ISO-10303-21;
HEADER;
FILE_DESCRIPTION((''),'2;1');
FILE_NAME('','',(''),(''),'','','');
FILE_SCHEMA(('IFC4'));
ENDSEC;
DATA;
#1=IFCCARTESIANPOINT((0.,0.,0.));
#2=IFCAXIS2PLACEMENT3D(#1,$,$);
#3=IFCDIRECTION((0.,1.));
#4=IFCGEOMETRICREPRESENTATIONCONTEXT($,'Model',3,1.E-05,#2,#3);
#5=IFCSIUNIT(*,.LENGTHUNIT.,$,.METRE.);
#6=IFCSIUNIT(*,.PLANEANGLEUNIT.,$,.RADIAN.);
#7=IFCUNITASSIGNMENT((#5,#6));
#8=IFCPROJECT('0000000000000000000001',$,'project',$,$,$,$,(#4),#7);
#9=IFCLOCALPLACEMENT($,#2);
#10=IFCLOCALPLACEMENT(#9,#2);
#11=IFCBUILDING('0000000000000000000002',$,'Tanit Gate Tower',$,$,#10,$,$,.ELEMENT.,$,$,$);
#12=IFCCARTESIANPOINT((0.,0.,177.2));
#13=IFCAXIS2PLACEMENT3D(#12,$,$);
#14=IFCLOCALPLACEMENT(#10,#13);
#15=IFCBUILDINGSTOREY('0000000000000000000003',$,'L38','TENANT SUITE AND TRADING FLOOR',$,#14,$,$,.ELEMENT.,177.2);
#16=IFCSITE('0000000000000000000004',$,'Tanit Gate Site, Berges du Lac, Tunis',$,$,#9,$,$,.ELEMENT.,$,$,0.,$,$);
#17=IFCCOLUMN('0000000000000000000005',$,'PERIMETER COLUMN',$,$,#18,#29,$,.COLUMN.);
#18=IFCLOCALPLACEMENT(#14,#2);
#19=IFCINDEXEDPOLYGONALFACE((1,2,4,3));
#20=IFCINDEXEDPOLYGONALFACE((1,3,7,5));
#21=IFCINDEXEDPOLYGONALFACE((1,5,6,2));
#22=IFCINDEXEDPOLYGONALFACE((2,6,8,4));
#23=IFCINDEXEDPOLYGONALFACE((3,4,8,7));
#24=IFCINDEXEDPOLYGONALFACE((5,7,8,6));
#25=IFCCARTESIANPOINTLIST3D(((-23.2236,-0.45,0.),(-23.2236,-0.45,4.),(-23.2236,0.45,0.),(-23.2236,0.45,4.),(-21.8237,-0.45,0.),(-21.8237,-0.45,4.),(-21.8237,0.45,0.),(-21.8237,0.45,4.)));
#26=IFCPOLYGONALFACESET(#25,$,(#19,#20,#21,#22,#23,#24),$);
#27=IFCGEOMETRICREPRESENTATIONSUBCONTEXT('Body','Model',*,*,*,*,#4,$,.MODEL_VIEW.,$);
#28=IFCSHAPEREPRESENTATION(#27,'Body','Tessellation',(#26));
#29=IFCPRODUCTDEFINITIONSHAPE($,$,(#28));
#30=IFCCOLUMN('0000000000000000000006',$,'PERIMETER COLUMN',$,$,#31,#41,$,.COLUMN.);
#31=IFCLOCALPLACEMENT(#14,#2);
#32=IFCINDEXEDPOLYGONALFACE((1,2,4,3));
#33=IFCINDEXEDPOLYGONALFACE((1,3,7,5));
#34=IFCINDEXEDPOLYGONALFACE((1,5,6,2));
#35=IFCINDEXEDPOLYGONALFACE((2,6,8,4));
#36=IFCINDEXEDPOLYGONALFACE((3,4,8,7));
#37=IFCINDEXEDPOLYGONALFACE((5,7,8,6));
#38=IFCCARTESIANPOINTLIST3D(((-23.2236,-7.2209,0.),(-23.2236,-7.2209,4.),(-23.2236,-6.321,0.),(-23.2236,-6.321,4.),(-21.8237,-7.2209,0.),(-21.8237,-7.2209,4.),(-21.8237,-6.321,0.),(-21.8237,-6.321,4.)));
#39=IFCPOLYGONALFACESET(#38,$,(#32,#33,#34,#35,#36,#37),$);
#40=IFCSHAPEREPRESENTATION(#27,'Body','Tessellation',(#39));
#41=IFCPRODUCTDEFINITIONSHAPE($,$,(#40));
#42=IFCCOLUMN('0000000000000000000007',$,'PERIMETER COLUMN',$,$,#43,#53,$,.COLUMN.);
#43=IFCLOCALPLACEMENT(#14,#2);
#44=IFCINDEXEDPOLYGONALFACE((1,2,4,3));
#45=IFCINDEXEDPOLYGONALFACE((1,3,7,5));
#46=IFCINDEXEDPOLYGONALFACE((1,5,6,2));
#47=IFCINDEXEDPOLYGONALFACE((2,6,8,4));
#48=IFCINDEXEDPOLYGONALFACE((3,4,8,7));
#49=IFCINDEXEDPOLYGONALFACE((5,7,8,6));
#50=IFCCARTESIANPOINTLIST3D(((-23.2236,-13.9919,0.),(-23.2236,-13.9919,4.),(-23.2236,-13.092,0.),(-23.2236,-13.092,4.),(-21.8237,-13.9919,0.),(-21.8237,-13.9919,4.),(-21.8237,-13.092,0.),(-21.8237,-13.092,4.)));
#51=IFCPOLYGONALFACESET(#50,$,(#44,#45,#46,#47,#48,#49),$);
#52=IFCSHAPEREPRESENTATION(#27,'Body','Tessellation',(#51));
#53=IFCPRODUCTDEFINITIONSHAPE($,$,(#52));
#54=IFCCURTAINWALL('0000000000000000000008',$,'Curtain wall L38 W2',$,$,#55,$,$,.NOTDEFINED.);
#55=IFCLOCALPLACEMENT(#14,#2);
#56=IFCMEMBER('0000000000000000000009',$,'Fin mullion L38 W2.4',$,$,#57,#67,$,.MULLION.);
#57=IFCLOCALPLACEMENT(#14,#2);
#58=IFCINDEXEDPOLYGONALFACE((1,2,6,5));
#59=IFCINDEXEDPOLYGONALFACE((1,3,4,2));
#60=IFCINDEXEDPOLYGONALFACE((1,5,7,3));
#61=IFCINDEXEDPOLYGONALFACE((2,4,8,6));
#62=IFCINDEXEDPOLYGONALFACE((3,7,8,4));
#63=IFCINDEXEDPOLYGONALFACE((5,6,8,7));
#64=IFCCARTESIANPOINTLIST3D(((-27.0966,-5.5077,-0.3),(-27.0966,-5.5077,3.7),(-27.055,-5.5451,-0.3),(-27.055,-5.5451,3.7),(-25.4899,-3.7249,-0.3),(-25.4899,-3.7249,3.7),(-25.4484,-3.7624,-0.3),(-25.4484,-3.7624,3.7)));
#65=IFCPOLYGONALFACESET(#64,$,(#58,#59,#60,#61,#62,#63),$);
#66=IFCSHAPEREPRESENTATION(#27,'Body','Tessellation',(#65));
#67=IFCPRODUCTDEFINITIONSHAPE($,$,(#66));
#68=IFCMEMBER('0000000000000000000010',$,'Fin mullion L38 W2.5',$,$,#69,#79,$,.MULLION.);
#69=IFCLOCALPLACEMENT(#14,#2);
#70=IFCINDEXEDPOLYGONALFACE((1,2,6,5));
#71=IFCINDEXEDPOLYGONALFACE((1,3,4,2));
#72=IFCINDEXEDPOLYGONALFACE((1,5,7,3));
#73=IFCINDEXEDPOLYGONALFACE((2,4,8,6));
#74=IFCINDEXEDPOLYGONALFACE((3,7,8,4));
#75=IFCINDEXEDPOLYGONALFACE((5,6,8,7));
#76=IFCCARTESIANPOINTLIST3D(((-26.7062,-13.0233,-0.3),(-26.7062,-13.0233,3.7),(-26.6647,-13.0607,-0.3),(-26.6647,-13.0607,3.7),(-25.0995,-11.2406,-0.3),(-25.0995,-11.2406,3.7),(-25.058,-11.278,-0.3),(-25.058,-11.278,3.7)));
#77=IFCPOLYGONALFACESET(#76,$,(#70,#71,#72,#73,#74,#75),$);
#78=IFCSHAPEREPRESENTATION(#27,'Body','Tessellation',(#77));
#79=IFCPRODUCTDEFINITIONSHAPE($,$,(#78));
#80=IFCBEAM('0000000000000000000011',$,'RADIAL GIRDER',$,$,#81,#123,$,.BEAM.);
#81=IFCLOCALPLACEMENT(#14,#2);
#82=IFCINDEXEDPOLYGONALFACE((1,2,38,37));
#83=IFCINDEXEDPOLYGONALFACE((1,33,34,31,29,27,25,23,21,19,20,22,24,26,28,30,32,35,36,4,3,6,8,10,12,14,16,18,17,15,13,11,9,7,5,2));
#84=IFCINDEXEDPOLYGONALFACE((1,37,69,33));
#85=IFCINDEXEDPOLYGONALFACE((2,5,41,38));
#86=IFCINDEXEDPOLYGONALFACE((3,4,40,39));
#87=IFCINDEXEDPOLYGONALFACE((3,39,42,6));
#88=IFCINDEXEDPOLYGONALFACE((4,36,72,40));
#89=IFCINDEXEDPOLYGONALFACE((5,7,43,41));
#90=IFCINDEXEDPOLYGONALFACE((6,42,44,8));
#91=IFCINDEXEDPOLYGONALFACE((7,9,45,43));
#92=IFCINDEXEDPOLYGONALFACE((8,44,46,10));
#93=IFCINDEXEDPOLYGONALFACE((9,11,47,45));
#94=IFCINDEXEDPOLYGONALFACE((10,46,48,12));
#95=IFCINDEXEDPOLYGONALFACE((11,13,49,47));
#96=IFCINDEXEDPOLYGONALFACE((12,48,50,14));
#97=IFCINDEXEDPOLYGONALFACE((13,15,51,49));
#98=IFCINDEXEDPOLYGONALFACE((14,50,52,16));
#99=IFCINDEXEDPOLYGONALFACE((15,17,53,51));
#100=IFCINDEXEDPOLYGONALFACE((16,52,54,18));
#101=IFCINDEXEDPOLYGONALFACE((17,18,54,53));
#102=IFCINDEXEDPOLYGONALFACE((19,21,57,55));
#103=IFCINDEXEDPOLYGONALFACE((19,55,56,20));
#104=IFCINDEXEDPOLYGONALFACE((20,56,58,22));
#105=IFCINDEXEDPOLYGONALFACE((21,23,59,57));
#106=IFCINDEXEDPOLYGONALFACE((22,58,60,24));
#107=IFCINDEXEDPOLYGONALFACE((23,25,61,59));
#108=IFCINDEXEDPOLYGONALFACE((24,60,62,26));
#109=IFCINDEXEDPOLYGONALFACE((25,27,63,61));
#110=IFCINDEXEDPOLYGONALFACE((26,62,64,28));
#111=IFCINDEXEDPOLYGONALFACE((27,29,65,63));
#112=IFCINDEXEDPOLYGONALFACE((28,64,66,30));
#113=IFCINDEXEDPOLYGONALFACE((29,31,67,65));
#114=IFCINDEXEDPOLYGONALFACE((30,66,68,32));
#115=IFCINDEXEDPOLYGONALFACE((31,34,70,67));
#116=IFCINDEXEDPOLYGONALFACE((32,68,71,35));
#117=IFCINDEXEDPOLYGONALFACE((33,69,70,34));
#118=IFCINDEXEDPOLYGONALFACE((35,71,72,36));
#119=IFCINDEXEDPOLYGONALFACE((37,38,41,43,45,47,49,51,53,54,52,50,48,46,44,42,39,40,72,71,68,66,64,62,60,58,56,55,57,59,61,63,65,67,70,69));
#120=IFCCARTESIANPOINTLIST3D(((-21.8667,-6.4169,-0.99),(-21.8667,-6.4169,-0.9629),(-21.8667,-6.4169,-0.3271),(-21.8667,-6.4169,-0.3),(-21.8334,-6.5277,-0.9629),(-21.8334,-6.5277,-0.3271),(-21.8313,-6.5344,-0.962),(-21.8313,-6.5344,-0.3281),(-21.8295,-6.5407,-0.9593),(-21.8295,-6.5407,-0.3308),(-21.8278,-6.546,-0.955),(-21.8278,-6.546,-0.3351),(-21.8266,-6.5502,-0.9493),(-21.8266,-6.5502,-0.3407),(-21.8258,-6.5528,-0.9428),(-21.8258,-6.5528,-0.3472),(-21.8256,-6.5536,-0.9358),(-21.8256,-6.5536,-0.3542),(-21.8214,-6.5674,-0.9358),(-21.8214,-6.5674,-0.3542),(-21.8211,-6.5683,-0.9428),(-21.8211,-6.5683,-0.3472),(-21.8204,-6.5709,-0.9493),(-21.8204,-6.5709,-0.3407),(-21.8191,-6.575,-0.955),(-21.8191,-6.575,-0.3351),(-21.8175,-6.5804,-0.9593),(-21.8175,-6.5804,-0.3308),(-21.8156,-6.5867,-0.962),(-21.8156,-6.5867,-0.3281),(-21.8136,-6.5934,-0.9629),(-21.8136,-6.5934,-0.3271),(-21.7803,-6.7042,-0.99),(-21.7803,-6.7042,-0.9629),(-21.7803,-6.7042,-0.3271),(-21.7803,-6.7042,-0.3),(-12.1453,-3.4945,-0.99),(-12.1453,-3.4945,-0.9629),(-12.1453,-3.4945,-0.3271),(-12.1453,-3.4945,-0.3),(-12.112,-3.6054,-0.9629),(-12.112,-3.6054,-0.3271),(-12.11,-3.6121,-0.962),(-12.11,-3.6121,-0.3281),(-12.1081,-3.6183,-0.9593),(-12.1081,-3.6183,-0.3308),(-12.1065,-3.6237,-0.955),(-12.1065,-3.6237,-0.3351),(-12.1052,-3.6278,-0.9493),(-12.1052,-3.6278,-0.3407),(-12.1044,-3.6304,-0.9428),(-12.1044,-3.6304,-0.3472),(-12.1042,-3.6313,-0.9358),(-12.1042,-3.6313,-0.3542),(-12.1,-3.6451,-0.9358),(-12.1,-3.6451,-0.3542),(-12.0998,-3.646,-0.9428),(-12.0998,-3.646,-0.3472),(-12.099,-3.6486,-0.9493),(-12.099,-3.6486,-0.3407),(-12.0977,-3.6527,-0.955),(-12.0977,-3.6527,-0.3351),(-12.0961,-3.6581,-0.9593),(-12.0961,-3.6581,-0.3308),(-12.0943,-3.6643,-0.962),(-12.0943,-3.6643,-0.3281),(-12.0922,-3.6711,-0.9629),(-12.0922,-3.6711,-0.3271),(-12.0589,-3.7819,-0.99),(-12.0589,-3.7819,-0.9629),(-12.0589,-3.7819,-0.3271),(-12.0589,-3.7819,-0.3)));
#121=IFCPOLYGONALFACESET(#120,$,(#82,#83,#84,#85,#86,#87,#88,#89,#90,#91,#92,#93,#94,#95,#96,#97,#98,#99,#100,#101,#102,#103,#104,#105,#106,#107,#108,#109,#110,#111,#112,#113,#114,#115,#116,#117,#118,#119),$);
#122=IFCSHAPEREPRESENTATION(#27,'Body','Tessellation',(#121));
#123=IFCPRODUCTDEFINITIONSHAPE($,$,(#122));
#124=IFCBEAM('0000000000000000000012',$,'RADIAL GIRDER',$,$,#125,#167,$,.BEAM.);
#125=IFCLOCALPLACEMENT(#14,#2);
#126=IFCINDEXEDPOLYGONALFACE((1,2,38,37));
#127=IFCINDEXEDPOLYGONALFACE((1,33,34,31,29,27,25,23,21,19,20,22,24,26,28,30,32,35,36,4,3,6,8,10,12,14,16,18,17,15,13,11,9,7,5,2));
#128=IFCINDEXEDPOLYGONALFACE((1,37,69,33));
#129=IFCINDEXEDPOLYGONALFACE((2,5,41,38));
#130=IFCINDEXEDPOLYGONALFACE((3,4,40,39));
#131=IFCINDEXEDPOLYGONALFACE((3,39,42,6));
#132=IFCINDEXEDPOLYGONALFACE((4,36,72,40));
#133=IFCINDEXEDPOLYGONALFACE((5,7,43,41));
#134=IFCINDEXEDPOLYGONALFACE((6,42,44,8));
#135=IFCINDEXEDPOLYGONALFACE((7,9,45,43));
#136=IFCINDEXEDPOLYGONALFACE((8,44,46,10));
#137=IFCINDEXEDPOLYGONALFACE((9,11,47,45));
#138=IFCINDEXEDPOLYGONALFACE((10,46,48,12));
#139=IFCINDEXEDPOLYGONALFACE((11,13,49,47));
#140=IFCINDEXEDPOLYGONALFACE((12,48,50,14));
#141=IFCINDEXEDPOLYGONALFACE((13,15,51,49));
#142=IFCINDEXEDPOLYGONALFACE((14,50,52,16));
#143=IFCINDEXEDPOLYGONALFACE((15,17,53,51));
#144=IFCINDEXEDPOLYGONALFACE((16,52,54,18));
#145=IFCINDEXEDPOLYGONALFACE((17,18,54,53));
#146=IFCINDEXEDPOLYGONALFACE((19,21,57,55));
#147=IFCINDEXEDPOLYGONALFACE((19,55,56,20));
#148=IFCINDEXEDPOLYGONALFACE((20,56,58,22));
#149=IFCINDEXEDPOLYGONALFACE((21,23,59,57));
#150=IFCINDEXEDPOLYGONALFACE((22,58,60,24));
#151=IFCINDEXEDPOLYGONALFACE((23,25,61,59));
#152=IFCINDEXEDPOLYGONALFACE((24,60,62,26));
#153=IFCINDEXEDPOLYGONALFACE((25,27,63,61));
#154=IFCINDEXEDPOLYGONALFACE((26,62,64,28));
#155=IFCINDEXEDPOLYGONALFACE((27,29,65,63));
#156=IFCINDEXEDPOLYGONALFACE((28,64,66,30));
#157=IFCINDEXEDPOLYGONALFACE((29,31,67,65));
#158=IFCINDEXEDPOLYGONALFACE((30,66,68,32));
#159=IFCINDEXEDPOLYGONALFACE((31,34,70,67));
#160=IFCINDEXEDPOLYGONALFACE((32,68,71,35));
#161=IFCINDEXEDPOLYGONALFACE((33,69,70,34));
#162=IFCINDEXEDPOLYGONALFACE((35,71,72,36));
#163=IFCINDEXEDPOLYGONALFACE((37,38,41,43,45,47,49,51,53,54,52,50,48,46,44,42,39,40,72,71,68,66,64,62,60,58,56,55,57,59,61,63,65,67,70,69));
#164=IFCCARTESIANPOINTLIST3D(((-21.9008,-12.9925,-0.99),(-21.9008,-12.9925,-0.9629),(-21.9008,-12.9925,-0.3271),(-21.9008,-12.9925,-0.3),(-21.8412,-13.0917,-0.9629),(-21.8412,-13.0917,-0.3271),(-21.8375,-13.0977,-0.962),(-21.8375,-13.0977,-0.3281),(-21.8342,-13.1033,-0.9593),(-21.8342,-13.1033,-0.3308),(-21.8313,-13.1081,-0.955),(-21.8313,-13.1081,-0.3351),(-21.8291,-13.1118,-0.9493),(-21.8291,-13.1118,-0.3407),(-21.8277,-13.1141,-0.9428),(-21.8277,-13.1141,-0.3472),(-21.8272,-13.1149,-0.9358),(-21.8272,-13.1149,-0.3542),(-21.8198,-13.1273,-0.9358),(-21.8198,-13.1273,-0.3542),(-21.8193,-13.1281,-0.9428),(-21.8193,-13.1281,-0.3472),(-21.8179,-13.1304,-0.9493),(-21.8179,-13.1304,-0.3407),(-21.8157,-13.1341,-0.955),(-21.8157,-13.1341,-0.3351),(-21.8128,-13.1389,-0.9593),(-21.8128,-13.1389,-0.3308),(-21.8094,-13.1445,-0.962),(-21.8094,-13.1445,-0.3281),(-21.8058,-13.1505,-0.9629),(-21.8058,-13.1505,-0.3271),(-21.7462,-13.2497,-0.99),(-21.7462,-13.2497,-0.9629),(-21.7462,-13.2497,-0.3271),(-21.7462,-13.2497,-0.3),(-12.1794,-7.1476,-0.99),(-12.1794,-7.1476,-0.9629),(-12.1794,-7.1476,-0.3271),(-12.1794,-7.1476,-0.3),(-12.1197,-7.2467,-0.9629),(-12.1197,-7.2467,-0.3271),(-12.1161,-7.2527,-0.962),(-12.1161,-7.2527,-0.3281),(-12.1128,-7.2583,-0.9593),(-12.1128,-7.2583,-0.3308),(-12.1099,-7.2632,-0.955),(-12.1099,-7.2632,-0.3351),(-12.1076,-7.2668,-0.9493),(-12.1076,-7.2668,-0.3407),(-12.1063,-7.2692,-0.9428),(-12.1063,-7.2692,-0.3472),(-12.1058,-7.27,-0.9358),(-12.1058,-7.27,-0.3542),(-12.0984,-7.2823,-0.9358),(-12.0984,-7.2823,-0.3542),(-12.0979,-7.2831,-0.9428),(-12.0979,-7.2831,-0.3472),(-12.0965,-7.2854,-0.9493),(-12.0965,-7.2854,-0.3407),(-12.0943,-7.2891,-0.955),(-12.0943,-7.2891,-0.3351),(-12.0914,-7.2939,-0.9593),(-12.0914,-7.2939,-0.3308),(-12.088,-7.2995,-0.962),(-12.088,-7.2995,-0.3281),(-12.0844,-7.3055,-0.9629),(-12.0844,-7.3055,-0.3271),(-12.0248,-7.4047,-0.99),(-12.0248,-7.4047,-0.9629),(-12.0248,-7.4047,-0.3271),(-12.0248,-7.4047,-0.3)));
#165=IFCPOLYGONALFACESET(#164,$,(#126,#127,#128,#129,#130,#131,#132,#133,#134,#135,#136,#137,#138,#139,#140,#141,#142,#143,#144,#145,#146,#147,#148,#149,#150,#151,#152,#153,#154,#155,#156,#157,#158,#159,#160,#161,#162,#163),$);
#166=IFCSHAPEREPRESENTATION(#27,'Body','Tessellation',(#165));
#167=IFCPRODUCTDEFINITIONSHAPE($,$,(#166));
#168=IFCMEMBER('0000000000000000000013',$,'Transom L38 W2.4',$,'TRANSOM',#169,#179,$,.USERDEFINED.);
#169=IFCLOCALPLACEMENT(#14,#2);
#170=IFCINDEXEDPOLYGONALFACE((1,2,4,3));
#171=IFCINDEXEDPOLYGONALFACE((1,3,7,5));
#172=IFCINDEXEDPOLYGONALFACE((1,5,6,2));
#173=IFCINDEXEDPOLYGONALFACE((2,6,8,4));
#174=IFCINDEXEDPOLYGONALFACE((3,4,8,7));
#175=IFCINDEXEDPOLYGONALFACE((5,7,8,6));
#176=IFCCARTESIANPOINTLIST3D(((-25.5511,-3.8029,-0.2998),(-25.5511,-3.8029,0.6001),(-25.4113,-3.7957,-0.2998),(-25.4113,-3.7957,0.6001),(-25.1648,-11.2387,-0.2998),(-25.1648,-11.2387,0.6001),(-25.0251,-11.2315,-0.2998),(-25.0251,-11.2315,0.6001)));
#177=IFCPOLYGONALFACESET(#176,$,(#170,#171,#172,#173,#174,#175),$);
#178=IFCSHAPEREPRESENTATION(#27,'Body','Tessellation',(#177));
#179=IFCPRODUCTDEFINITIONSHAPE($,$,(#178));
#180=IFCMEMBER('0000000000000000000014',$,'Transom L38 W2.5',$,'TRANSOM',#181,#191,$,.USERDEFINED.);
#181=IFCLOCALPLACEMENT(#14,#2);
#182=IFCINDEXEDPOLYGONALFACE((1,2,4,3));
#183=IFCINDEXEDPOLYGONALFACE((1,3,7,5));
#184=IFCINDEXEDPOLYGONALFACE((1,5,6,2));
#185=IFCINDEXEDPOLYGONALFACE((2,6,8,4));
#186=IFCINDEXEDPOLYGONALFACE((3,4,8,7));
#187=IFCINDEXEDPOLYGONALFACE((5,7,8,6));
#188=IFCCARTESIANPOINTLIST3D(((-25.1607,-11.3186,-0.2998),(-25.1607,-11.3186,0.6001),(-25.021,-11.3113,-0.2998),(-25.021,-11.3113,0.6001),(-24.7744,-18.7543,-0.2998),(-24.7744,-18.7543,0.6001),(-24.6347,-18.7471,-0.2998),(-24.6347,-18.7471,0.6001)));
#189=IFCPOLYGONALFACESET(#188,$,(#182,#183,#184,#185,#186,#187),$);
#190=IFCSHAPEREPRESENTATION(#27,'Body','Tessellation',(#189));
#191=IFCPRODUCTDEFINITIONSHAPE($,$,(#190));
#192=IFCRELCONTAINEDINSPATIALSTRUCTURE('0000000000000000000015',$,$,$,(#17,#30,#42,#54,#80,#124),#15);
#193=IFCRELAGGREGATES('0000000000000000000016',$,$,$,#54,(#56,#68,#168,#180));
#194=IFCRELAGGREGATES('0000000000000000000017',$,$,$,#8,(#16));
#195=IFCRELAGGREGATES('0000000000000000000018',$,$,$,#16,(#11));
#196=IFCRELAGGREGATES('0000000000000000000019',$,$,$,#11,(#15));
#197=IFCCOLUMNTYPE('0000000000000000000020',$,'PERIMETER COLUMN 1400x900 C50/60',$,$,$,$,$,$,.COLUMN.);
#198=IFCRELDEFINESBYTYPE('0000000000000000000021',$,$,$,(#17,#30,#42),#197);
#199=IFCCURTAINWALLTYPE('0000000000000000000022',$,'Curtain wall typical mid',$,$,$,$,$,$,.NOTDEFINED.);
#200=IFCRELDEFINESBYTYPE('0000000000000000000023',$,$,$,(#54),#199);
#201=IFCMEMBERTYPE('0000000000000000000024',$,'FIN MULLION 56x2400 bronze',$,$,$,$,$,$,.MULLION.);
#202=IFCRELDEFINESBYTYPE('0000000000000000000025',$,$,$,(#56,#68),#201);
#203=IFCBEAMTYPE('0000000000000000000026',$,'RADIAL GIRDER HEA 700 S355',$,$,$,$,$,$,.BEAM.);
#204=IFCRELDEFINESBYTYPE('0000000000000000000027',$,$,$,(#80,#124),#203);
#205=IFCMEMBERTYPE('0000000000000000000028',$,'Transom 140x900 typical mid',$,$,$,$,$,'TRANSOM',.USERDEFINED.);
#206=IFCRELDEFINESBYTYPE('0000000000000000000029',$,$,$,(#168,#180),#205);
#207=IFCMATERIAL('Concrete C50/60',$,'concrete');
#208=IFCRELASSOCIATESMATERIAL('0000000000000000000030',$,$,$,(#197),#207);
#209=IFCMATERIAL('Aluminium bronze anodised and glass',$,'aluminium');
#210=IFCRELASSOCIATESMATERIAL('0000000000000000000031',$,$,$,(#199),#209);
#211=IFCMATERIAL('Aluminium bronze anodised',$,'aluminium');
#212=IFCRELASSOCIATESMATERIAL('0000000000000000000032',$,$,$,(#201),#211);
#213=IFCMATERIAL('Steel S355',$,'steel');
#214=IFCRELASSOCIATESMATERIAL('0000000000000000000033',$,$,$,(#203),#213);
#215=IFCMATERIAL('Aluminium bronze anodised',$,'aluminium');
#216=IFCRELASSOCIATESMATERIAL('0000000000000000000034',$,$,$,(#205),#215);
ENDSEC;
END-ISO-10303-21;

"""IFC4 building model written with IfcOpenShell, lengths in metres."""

from ifc_helpers import new_model, si_unit, direction, frame, origin, origin_2d, place, context, subcontext, project, spatial, rectangle, i_section, extrude, material, material_profile, profile_set, type_object, element, aggregate, save


model = new_model("IFC4")

# Units and contexts
model_context = context("Model", 3, precision=1e-05, world=origin(), true_north=direction((0.0, 1.0)))
body_context = subcontext(model_context, "Body", "Model", "MODEL_VIEW")
ifc_project = project(units=[si_unit("LENGTHUNIT", "METRE"), si_unit("PLANEANGLEUNIT", "RADIAN")], contexts=[model_context])

# Site, building, storey
site_placement = place(None, origin())
site = spatial("IfcSite", under=ifc_project, at=site_placement, Name="Tanit Gate Site, Berges du Lac, Tunis", CompositionType="ELEMENT", RefElevation=0.0)
building_placement = place(site_placement, origin())
building = spatial("IfcBuilding", under=site, at=building_placement, Name="Tanit Gate Tower", CompositionType="ELEMENT")
storey_placement = place(building_placement, frame((0.0, 0.0, 177.2)))
storey = spatial("IfcBuildingStorey", under=building, at=storey_placement, Name="L38", Description="TENANT SUITE AND TRADING FLOOR", CompositionType="ELEMENT", Elevation=177.2)

# Columns
ifc_material_1 = material(Name="Concrete C50/60", Category="concrete")
ifc_material_profile_1 = material_profile(ifc_material_1, rectangle(XDim=1.3999, YDim=0.8999, at=origin_2d()), Name="RC 1400x900")
ifc_profile_set_1 = profile_set([ifc_material_profile_1], Name="Concrete C50/60")
column_type = type_object("IfcColumnType", Name="PERIMETER COLUMN 1400x900 C50/60", PredefinedType="COLUMN", material=ifc_profile_set_1)
for number, where, z_axis, x_axis, name in (
    (1, (-22.5237, 0.0, 0.0), (0.0, 0.0, 1.0), (-1.0, 0.0, 0.0), "PERIMETER COLUMN"),
    (2, (-22.5237, -6.771, 0.0), (0.0, 0.0, 1.0), (-1.0, 0.0, 0.0), "PERIMETER COLUMN"),
    (3, (-22.5237, -13.542, 0.0), (0.0, 0.0, 1.0), (-1.0, 0.0, 0.0), "PERIMETER COLUMN"),
):
    element("IfcColumn", number, at=place(storey_placement, frame(where, z_axis=z_axis, x_axis=x_axis)), inside=storey, type_object=column_type, Name=name, PredefinedType="COLUMN", context=body_context, shape_type="SweptSolid", body=[
        extrude(rectangle(XDim=1.3999, YDim=0.8999, at=origin_2d()), origin(), (0.0, 0.0, 1.0), 4.0),
    ])

# Curtain wall, members
ifc_material_2 = material(Name="Aluminium bronze anodised and glass", Category="aluminium")
curtain_wall_type = type_object("IfcCurtainWallType", Name="Curtain wall typical mid", PredefinedType="NOTDEFINED", material=ifc_material_2)
curtain_wall_placement = place(storey_placement, origin())
curtain_wall = element("IfcCurtainWall", 4, at=curtain_wall_placement, inside=storey, type_object=curtain_wall_type, Name="Curtain wall L38 W2", PredefinedType="NOTDEFINED")
ifc_material_3 = material(Name="Aluminium bronze anodised", Category="aluminium")
ifc_material_profile_2 = material_profile(ifc_material_3, rectangle(XDim=2.3999, YDim=0.0559, at=origin_2d()), Name="56x2400 bronze fin mullion")
ifc_profile_set_2 = profile_set([ifc_material_profile_2], Name="Aluminium bronze anodised")
member_type_1 = type_object("IfcMemberType", Name="FIN MULLION 56x2400 bronze", PredefinedType="MULLION", material=ifc_profile_set_2)
member_1_placement = place(storey_placement, frame((-26.2725, -4.635, -0.3), z_axis=(0.0, 0.0, 1.0), x_axis=(0.669481, 0.742829, 0.0)))
member_1 = element("IfcMember", 5, at=member_1_placement, type_object=member_type_1, Name="Fin mullion L38 W2.4", PredefinedType="MULLION", context=body_context, shape_type="SweptSolid", body=[
    extrude(rectangle(XDim=2.3999, YDim=0.0559, at=origin_2d()), origin(), (0.0, 0.0, 1.0), 4.0),
])
member_2_placement = place(storey_placement, frame((-25.8821, -12.1506, -0.3), z_axis=(0.0, 0.0, 1.0), x_axis=(0.669481, 0.742829, 0.0)))
member_2 = element("IfcMember", 6, at=member_2_placement, type_object=member_type_1, Name="Fin mullion L38 W2.5", PredefinedType="MULLION", context=body_context, shape_type="SweptSolid", body=[
    extrude(rectangle(XDim=2.3999, YDim=0.0559, at=origin_2d()), origin(), (0.0, 0.0, 1.0), 4.0),
])

# Beams
ifc_material_4 = material(Name="Steel S355", Category="steel")
ifc_material_profile_3 = material_profile(ifc_material_4, i_section(OverallWidth=0.3, OverallDepth=0.6899, WebThickness=0.0144, FlangeThickness=0.0271, FilletRadius=0.0271, at=origin_2d()), Name="HEA 700")
ifc_profile_set_3 = profile_set([ifc_material_profile_3], Name="Steel S355")
beam_type = type_object("IfcBeamType", Name="RADIAL GIRDER HEA 700 S355", PredefinedType="BEAM", material=ifc_profile_set_3)
beam_1_placement = place(storey_placement, frame((-21.8235, -6.5605, -0.645), z_axis=(0.957665, 0.287884, 0.0), x_axis=(-0.287884, 0.957665, 0.0)))
element("IfcBeam", 7, at=beam_1_placement, inside=storey, type_object=beam_type, Name="RADIAL GIRDER", PredefinedType="BEAM", context=body_context, shape_type="SweptSolid", body=[
    extrude(i_section(OverallWidth=0.3, OverallDepth=0.6899, WebThickness=0.0144, FlangeThickness=0.0271, FilletRadius=0.0271, at=origin_2d()), origin(), (0.0, 0.0, 1.0), 10.1511),
])
beam_2_placement = place(storey_placement, frame((-21.8235, -13.1211, -0.645), z_axis=(0.857022, 0.51528, 0.0), x_axis=(-0.51528, 0.857022, 0.0)))
element("IfcBeam", 8, at=beam_2_placement, inside=storey, type_object=beam_type, Name="RADIAL GIRDER", PredefinedType="BEAM", context=body_context, shape_type="SweptSolid", body=[
    extrude(i_section(OverallWidth=0.3, OverallDepth=0.6899, WebThickness=0.0144, FlangeThickness=0.0271, FilletRadius=0.0271, at=origin_2d()), origin(), (0.0, 0.0, 1.0), 11.3433),
])

# Members
ifc_material_5 = material(Name="Aluminium bronze anodised", Category="aluminium")
ifc_material_profile_4 = material_profile(ifc_material_5, rectangle(XDim=0.1399, YDim=0.8999, at=origin_2d()), Name="140x900 bronze transom")
ifc_profile_set_4 = profile_set([ifc_material_profile_4], Name="Aluminium bronze anodised")
member_type_2 = type_object("IfcMemberType", Name="Transom 140x900 typical mid", ElementType="TRANSOM", PredefinedType="USERDEFINED", material=ifc_profile_set_4)
member_3_placement = place(storey_placement, frame((-25.4812, -3.7993, 0.1501), z_axis=(0.051872, -0.998654, 0.0), x_axis=(0.998654, 0.051872, 0.0)))
member_3 = element("IfcMember", 9, at=member_3_placement, type_object=member_type_2, Name="Transom L38 W2.4", ObjectType="TRANSOM", PredefinedType="USERDEFINED", context=body_context, shape_type="SweptSolid", body=[
    extrude(rectangle(XDim=0.1399, YDim=0.8999, at=origin_2d()), origin(), (0.0, 0.0, 1.0), 7.4458),
])
member_4_placement = place(storey_placement, frame((-25.0908, -11.3149, 0.1501), z_axis=(0.051872, -0.998654, 0.0), x_axis=(0.998654, 0.051872, 0.0)))
member_4 = element("IfcMember", 10, at=member_4_placement, type_object=member_type_2, Name="Transom L38 W2.5", ObjectType="TRANSOM", PredefinedType="USERDEFINED", context=body_context, shape_type="SweptSolid", body=[
    extrude(rectangle(XDim=0.1399, YDim=0.8999, at=origin_2d()), origin(), (0.0, 0.0, 1.0), 7.4458),
])

aggregate(curtain_wall, [member_1, member_2, member_3, member_4])

save(model, "model.ifc")
